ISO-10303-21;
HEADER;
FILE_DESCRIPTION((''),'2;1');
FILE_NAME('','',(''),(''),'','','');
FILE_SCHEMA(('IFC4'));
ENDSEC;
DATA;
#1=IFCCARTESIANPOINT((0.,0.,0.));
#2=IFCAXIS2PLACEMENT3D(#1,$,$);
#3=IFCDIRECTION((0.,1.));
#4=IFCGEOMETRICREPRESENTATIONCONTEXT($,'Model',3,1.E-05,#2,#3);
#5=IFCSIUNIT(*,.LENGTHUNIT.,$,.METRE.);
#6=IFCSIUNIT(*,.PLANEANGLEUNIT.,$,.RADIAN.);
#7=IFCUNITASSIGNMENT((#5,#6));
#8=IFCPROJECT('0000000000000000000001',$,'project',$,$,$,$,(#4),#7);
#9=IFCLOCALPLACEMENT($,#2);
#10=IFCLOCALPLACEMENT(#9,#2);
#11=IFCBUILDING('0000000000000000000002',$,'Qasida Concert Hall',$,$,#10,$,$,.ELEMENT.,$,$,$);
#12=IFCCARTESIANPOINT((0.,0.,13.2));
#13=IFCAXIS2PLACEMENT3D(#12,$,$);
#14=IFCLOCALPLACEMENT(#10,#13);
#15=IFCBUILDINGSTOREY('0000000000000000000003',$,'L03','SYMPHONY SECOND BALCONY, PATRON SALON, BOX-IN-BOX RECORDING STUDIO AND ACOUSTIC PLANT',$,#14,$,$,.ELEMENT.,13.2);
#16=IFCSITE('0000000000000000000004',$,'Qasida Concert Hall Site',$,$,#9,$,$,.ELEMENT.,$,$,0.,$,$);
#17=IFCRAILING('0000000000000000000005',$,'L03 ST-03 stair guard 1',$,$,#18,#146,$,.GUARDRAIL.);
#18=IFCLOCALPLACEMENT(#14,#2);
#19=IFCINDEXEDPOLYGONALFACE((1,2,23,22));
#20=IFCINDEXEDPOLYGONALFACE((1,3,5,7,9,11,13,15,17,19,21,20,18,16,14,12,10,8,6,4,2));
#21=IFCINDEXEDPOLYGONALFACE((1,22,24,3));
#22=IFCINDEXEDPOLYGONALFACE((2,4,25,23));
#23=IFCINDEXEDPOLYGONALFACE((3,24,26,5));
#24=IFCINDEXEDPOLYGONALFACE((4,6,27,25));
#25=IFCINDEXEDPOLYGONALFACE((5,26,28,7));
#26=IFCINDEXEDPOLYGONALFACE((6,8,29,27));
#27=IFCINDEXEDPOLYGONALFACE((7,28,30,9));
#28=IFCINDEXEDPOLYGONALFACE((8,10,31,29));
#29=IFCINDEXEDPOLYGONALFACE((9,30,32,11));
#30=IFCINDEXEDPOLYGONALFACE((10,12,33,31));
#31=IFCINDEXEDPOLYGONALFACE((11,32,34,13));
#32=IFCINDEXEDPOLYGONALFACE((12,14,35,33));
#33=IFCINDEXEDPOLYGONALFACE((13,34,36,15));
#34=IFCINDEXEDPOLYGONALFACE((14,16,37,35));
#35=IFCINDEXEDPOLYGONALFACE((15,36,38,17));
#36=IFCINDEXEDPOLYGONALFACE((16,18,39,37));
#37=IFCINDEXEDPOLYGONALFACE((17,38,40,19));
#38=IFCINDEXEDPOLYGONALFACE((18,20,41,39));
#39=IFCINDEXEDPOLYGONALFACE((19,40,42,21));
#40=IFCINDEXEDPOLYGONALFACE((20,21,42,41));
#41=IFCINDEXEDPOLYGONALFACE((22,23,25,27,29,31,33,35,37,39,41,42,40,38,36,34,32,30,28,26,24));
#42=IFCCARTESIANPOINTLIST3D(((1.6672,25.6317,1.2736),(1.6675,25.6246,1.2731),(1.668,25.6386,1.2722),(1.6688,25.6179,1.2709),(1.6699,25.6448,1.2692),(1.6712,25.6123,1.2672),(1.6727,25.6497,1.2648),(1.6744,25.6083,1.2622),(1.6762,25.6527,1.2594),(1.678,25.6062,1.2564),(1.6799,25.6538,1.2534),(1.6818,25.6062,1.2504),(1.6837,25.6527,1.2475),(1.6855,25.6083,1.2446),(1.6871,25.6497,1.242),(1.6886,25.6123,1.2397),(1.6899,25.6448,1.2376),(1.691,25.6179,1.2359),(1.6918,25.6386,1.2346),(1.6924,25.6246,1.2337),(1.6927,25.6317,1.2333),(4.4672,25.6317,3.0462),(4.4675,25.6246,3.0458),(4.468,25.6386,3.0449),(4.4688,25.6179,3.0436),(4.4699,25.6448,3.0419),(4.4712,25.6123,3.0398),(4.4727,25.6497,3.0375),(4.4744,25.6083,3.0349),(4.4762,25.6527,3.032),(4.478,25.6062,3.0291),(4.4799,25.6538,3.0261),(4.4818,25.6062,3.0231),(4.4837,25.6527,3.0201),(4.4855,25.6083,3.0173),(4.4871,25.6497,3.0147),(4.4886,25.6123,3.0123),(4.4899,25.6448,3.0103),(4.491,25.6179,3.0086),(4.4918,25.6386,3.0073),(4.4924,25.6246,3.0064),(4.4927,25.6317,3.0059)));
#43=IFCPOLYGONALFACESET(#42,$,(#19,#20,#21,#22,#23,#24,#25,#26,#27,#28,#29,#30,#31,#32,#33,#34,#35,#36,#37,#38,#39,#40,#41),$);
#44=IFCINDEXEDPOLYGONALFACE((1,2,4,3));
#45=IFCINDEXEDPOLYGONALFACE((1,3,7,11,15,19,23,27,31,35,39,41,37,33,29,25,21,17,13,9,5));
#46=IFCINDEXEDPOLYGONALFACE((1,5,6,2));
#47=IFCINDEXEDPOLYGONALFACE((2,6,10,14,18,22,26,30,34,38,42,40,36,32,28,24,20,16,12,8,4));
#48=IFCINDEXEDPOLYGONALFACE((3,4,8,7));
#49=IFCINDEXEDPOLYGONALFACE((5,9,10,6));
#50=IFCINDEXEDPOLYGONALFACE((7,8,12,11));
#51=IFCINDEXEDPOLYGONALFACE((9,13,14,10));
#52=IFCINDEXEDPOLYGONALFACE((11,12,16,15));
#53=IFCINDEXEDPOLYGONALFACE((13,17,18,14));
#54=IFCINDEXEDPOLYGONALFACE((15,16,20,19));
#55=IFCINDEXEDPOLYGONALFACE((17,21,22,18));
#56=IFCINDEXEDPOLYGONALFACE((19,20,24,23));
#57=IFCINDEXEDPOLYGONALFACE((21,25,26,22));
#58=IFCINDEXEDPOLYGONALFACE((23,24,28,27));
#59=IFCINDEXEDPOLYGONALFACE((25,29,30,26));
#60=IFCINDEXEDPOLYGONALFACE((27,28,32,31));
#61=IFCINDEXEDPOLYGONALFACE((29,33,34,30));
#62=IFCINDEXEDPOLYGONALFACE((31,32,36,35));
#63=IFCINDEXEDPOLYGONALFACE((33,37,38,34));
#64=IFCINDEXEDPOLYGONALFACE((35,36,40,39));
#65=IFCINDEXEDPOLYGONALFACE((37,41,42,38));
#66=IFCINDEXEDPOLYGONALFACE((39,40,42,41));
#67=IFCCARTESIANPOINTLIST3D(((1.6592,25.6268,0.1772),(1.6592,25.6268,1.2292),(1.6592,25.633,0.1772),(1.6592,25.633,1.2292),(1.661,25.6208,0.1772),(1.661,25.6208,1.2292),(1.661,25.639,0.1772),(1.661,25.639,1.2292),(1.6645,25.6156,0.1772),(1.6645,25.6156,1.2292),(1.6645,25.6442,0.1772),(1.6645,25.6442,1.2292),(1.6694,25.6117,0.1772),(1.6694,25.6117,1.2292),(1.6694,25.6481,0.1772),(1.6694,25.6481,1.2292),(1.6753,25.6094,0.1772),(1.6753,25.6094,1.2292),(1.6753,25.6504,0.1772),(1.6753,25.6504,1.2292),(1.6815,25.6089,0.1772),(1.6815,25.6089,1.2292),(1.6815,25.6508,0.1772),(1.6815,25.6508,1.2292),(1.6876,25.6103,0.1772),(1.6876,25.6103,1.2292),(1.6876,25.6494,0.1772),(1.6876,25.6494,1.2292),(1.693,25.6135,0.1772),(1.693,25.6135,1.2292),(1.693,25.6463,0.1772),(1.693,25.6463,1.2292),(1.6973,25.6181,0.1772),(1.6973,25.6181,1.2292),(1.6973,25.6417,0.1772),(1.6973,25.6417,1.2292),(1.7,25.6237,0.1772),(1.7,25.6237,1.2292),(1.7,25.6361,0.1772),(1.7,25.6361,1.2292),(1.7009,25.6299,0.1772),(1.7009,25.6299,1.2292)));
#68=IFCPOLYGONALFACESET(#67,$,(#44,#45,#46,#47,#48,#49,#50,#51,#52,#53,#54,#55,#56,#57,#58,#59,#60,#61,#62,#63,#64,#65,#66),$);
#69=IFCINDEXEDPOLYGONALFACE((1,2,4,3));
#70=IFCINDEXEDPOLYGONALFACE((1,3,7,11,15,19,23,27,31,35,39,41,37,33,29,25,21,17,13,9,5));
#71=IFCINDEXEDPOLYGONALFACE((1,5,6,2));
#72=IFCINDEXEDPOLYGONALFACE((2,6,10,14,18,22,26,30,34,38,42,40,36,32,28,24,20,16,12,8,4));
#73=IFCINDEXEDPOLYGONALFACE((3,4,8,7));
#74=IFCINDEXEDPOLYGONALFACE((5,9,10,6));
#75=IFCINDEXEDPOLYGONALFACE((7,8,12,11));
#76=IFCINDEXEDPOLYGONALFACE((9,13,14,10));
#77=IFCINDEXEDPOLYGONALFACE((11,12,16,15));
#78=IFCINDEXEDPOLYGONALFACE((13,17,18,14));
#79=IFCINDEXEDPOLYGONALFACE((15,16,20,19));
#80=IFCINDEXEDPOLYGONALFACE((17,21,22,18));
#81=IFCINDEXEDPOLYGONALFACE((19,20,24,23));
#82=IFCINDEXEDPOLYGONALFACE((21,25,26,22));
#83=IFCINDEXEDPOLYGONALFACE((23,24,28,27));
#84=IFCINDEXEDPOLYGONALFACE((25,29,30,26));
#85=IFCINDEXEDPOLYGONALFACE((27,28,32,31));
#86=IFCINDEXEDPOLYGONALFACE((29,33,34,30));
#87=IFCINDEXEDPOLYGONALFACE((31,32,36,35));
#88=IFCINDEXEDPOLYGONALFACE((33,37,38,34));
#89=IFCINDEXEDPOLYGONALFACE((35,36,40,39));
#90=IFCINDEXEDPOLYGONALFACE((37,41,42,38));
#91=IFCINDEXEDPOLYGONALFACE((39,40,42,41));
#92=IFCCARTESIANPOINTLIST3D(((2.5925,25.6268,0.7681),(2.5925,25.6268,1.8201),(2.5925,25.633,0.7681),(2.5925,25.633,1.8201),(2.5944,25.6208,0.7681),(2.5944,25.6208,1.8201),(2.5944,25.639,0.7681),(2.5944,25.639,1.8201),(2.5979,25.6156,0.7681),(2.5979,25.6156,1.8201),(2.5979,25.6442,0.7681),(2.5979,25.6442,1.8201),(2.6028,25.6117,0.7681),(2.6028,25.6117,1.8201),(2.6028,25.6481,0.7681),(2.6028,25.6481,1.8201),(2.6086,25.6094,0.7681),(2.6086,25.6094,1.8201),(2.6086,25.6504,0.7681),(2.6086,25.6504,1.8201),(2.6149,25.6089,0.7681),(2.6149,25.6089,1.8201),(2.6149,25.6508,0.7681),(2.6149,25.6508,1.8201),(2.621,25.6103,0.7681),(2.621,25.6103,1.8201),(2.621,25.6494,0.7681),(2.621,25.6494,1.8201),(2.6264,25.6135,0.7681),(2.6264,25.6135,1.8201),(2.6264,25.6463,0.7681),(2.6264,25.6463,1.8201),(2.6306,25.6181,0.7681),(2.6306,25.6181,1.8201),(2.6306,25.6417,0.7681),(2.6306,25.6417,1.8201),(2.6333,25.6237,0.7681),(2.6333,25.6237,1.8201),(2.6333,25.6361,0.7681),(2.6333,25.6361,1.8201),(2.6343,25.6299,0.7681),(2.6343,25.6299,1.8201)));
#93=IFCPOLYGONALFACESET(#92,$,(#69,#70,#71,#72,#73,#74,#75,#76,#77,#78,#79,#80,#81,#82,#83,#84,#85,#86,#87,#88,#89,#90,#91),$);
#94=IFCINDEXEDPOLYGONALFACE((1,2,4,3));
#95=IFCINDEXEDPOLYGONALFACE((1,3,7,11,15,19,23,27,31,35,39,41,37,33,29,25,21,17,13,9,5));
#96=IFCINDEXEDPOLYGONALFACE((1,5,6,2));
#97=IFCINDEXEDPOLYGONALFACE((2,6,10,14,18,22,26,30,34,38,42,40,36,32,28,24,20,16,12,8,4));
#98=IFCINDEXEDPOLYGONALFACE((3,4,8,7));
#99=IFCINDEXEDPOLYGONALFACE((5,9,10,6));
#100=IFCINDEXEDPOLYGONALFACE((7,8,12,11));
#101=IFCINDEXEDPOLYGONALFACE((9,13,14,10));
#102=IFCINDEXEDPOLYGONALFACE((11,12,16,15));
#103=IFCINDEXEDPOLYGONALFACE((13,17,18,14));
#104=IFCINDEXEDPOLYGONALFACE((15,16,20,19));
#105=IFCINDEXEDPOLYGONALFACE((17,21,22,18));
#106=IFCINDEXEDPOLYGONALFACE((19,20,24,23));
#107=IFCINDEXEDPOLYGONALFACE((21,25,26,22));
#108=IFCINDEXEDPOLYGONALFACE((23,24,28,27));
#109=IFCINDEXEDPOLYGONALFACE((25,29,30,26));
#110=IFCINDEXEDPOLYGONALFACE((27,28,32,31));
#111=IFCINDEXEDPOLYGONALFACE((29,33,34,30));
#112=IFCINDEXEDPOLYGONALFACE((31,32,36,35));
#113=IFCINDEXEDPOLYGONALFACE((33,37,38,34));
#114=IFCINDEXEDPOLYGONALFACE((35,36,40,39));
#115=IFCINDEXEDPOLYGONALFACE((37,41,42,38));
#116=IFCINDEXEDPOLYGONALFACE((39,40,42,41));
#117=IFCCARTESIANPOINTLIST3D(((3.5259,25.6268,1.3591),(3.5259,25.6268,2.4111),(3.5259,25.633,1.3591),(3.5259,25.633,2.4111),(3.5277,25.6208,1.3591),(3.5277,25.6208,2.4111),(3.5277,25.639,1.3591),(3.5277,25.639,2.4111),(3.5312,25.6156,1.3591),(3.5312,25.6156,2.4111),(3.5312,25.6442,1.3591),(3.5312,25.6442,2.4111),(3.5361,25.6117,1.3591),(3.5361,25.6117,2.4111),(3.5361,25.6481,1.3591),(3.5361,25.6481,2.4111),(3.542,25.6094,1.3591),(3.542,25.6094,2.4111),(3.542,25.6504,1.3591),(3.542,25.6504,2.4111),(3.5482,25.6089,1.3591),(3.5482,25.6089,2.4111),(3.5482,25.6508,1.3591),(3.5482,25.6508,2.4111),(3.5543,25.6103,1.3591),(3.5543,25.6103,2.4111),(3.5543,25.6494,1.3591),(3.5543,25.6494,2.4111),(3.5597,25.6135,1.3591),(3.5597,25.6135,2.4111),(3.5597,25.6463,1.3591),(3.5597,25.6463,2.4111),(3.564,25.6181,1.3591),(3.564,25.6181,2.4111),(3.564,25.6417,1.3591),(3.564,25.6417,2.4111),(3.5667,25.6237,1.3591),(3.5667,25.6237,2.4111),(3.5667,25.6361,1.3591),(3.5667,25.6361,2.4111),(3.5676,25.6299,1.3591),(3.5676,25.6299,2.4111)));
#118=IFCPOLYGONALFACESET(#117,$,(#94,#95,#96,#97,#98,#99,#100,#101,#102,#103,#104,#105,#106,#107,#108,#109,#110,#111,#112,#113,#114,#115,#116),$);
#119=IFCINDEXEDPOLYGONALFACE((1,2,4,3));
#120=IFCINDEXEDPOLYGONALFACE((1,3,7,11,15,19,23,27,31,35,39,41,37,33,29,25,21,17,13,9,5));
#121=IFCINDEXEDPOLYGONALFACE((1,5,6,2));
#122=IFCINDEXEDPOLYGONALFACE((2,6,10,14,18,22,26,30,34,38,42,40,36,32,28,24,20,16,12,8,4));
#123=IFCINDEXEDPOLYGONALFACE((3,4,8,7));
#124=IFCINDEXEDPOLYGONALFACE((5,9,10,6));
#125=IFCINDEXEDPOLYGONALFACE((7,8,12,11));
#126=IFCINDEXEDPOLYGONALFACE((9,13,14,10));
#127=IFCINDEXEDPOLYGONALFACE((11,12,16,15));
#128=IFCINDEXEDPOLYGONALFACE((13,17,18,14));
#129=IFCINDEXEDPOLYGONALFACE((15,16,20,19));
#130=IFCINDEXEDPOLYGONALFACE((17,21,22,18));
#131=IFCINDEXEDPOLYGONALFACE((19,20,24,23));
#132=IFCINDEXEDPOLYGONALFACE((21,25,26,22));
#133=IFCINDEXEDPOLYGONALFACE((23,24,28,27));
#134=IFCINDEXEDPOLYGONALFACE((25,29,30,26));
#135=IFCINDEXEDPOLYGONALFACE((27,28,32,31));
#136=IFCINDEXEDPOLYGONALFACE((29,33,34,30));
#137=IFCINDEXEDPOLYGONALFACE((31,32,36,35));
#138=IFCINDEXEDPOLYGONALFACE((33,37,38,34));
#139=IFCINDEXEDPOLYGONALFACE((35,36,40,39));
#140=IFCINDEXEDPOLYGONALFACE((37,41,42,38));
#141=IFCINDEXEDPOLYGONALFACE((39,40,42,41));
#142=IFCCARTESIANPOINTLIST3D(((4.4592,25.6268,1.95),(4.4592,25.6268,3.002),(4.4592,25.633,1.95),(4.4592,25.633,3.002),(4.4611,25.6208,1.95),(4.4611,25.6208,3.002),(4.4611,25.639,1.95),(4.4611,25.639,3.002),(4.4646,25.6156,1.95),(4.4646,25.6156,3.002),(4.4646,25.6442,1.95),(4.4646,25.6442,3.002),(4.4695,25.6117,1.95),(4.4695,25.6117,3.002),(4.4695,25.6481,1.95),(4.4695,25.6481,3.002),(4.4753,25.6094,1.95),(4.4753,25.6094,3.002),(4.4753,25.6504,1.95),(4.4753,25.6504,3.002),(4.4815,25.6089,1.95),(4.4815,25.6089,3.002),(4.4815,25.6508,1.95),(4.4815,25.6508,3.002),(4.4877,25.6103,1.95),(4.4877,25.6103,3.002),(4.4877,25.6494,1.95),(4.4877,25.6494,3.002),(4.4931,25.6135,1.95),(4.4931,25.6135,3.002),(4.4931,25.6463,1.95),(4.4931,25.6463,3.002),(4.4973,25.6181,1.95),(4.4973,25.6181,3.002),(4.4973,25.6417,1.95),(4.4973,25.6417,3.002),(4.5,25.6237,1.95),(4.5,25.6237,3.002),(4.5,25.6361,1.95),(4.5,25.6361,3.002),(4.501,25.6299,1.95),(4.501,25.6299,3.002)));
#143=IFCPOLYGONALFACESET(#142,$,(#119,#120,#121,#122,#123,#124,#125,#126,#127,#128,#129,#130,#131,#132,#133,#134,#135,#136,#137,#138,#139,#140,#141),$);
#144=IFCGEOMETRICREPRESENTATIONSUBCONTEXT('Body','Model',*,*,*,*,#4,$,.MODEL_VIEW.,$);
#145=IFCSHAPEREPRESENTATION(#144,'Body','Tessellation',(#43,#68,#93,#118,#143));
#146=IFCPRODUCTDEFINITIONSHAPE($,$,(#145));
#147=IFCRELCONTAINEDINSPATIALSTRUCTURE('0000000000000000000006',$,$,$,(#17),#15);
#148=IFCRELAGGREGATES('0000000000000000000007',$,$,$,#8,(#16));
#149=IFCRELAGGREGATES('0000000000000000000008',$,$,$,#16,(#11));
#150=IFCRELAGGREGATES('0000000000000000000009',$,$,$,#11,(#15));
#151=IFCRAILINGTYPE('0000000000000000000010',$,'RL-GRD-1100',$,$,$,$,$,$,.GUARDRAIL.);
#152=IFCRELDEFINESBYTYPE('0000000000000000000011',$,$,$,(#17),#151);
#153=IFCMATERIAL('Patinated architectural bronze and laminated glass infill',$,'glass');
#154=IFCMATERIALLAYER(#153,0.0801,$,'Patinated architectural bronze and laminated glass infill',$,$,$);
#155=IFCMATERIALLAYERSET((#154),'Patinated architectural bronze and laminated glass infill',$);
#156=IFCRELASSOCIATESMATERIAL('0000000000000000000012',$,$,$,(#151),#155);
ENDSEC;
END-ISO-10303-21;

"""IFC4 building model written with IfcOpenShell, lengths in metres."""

from ifc_helpers import new_model, si_unit, direction, frame, origin, origin_2d, place, context, subcontext, project, spatial, circle, extrude, material, layer, layer_set, type_object, element, save


model = new_model("IFC4")

# Units and contexts
model_context = context("Model", 3, precision=1e-05, world=origin(), true_north=direction((0.0, 1.0)))
body_context = subcontext(model_context, "Body", "Model", "MODEL_VIEW")
ifc_project = project(units=[si_unit("LENGTHUNIT", "METRE"), si_unit("PLANEANGLEUNIT", "RADIAN")], contexts=[model_context])

# Site, building, storey
site_placement = place(None, origin())
site = spatial("IfcSite", under=ifc_project, at=site_placement, Name="Qasida Concert Hall Site", CompositionType="ELEMENT", RefElevation=0.0)
building_placement = place(site_placement, origin())
building = spatial("IfcBuilding", under=site, at=building_placement, Name="Qasida Concert Hall", CompositionType="ELEMENT")
storey_placement = place(building_placement, frame((0.0, 0.0, 13.2)))
storey = spatial("IfcBuildingStorey", under=building, at=storey_placement, Name="L03", Description="SYMPHONY SECOND BALCONY, PATRON SALON, BOX-IN-BOX RECORDING STUDIO AND ACOUSTIC PLANT", CompositionType="ELEMENT", Elevation=13.2)

# Railing
ifc_material_1 = material(Name="Patinated architectural bronze and laminated glass infill", Category="glass")
ifc_layer_1 = layer(ifc_material_1, 0.0801, Name="Patinated architectural bronze and laminated glass infill")
ifc_layer_set_1 = layer_set([ifc_layer_1], Name="Patinated architectural bronze and laminated glass infill")
railing_type_1 = type_object("IfcRailingType", Name="RL-GRD-1100", PredefinedType="GUARDRAIL", material=ifc_layer_set_1)
railing_1_placement = place(storey_placement, frame((1.6799, 25.6299, 0.1772)))
element("IfcRailing", 1, at=railing_1_placement, inside=storey, type_object=railing_type_1, Name="L03 ST-03 stair guard 1", PredefinedType="GUARDRAIL", context=body_context, shape_type="SweptSolid", body=[
    extrude(circle(Radius=0.0239, at=origin_2d()), frame((0.0, 0.0, 1.0762), z_axis=(0.844909, 0.0, 0.53491), x_axis=(0.0, 1.0, 0.0)), (0.0, 0.0, 1.0), 3.314),
    extrude(circle(Radius=0.021, at=origin_2d()), origin(), (0.0, 0.0, 1.0), 1.052),
    extrude(circle(Radius=0.021, at=origin_2d()), frame((0.9333, 0.0, 0.5908)), (0.0, 0.0, 1.0), 1.052),
    extrude(circle(Radius=0.021, at=origin_2d()), frame((1.8667, 0.0, 1.1819)), (0.0, 0.0, 1.0), 1.052),
    extrude(circle(Radius=0.021, at=origin_2d()), frame((2.8, 0.0, 1.7727)), (0.0, 0.0, 1.0), 1.052),
])

save(model, "model.ifc")
